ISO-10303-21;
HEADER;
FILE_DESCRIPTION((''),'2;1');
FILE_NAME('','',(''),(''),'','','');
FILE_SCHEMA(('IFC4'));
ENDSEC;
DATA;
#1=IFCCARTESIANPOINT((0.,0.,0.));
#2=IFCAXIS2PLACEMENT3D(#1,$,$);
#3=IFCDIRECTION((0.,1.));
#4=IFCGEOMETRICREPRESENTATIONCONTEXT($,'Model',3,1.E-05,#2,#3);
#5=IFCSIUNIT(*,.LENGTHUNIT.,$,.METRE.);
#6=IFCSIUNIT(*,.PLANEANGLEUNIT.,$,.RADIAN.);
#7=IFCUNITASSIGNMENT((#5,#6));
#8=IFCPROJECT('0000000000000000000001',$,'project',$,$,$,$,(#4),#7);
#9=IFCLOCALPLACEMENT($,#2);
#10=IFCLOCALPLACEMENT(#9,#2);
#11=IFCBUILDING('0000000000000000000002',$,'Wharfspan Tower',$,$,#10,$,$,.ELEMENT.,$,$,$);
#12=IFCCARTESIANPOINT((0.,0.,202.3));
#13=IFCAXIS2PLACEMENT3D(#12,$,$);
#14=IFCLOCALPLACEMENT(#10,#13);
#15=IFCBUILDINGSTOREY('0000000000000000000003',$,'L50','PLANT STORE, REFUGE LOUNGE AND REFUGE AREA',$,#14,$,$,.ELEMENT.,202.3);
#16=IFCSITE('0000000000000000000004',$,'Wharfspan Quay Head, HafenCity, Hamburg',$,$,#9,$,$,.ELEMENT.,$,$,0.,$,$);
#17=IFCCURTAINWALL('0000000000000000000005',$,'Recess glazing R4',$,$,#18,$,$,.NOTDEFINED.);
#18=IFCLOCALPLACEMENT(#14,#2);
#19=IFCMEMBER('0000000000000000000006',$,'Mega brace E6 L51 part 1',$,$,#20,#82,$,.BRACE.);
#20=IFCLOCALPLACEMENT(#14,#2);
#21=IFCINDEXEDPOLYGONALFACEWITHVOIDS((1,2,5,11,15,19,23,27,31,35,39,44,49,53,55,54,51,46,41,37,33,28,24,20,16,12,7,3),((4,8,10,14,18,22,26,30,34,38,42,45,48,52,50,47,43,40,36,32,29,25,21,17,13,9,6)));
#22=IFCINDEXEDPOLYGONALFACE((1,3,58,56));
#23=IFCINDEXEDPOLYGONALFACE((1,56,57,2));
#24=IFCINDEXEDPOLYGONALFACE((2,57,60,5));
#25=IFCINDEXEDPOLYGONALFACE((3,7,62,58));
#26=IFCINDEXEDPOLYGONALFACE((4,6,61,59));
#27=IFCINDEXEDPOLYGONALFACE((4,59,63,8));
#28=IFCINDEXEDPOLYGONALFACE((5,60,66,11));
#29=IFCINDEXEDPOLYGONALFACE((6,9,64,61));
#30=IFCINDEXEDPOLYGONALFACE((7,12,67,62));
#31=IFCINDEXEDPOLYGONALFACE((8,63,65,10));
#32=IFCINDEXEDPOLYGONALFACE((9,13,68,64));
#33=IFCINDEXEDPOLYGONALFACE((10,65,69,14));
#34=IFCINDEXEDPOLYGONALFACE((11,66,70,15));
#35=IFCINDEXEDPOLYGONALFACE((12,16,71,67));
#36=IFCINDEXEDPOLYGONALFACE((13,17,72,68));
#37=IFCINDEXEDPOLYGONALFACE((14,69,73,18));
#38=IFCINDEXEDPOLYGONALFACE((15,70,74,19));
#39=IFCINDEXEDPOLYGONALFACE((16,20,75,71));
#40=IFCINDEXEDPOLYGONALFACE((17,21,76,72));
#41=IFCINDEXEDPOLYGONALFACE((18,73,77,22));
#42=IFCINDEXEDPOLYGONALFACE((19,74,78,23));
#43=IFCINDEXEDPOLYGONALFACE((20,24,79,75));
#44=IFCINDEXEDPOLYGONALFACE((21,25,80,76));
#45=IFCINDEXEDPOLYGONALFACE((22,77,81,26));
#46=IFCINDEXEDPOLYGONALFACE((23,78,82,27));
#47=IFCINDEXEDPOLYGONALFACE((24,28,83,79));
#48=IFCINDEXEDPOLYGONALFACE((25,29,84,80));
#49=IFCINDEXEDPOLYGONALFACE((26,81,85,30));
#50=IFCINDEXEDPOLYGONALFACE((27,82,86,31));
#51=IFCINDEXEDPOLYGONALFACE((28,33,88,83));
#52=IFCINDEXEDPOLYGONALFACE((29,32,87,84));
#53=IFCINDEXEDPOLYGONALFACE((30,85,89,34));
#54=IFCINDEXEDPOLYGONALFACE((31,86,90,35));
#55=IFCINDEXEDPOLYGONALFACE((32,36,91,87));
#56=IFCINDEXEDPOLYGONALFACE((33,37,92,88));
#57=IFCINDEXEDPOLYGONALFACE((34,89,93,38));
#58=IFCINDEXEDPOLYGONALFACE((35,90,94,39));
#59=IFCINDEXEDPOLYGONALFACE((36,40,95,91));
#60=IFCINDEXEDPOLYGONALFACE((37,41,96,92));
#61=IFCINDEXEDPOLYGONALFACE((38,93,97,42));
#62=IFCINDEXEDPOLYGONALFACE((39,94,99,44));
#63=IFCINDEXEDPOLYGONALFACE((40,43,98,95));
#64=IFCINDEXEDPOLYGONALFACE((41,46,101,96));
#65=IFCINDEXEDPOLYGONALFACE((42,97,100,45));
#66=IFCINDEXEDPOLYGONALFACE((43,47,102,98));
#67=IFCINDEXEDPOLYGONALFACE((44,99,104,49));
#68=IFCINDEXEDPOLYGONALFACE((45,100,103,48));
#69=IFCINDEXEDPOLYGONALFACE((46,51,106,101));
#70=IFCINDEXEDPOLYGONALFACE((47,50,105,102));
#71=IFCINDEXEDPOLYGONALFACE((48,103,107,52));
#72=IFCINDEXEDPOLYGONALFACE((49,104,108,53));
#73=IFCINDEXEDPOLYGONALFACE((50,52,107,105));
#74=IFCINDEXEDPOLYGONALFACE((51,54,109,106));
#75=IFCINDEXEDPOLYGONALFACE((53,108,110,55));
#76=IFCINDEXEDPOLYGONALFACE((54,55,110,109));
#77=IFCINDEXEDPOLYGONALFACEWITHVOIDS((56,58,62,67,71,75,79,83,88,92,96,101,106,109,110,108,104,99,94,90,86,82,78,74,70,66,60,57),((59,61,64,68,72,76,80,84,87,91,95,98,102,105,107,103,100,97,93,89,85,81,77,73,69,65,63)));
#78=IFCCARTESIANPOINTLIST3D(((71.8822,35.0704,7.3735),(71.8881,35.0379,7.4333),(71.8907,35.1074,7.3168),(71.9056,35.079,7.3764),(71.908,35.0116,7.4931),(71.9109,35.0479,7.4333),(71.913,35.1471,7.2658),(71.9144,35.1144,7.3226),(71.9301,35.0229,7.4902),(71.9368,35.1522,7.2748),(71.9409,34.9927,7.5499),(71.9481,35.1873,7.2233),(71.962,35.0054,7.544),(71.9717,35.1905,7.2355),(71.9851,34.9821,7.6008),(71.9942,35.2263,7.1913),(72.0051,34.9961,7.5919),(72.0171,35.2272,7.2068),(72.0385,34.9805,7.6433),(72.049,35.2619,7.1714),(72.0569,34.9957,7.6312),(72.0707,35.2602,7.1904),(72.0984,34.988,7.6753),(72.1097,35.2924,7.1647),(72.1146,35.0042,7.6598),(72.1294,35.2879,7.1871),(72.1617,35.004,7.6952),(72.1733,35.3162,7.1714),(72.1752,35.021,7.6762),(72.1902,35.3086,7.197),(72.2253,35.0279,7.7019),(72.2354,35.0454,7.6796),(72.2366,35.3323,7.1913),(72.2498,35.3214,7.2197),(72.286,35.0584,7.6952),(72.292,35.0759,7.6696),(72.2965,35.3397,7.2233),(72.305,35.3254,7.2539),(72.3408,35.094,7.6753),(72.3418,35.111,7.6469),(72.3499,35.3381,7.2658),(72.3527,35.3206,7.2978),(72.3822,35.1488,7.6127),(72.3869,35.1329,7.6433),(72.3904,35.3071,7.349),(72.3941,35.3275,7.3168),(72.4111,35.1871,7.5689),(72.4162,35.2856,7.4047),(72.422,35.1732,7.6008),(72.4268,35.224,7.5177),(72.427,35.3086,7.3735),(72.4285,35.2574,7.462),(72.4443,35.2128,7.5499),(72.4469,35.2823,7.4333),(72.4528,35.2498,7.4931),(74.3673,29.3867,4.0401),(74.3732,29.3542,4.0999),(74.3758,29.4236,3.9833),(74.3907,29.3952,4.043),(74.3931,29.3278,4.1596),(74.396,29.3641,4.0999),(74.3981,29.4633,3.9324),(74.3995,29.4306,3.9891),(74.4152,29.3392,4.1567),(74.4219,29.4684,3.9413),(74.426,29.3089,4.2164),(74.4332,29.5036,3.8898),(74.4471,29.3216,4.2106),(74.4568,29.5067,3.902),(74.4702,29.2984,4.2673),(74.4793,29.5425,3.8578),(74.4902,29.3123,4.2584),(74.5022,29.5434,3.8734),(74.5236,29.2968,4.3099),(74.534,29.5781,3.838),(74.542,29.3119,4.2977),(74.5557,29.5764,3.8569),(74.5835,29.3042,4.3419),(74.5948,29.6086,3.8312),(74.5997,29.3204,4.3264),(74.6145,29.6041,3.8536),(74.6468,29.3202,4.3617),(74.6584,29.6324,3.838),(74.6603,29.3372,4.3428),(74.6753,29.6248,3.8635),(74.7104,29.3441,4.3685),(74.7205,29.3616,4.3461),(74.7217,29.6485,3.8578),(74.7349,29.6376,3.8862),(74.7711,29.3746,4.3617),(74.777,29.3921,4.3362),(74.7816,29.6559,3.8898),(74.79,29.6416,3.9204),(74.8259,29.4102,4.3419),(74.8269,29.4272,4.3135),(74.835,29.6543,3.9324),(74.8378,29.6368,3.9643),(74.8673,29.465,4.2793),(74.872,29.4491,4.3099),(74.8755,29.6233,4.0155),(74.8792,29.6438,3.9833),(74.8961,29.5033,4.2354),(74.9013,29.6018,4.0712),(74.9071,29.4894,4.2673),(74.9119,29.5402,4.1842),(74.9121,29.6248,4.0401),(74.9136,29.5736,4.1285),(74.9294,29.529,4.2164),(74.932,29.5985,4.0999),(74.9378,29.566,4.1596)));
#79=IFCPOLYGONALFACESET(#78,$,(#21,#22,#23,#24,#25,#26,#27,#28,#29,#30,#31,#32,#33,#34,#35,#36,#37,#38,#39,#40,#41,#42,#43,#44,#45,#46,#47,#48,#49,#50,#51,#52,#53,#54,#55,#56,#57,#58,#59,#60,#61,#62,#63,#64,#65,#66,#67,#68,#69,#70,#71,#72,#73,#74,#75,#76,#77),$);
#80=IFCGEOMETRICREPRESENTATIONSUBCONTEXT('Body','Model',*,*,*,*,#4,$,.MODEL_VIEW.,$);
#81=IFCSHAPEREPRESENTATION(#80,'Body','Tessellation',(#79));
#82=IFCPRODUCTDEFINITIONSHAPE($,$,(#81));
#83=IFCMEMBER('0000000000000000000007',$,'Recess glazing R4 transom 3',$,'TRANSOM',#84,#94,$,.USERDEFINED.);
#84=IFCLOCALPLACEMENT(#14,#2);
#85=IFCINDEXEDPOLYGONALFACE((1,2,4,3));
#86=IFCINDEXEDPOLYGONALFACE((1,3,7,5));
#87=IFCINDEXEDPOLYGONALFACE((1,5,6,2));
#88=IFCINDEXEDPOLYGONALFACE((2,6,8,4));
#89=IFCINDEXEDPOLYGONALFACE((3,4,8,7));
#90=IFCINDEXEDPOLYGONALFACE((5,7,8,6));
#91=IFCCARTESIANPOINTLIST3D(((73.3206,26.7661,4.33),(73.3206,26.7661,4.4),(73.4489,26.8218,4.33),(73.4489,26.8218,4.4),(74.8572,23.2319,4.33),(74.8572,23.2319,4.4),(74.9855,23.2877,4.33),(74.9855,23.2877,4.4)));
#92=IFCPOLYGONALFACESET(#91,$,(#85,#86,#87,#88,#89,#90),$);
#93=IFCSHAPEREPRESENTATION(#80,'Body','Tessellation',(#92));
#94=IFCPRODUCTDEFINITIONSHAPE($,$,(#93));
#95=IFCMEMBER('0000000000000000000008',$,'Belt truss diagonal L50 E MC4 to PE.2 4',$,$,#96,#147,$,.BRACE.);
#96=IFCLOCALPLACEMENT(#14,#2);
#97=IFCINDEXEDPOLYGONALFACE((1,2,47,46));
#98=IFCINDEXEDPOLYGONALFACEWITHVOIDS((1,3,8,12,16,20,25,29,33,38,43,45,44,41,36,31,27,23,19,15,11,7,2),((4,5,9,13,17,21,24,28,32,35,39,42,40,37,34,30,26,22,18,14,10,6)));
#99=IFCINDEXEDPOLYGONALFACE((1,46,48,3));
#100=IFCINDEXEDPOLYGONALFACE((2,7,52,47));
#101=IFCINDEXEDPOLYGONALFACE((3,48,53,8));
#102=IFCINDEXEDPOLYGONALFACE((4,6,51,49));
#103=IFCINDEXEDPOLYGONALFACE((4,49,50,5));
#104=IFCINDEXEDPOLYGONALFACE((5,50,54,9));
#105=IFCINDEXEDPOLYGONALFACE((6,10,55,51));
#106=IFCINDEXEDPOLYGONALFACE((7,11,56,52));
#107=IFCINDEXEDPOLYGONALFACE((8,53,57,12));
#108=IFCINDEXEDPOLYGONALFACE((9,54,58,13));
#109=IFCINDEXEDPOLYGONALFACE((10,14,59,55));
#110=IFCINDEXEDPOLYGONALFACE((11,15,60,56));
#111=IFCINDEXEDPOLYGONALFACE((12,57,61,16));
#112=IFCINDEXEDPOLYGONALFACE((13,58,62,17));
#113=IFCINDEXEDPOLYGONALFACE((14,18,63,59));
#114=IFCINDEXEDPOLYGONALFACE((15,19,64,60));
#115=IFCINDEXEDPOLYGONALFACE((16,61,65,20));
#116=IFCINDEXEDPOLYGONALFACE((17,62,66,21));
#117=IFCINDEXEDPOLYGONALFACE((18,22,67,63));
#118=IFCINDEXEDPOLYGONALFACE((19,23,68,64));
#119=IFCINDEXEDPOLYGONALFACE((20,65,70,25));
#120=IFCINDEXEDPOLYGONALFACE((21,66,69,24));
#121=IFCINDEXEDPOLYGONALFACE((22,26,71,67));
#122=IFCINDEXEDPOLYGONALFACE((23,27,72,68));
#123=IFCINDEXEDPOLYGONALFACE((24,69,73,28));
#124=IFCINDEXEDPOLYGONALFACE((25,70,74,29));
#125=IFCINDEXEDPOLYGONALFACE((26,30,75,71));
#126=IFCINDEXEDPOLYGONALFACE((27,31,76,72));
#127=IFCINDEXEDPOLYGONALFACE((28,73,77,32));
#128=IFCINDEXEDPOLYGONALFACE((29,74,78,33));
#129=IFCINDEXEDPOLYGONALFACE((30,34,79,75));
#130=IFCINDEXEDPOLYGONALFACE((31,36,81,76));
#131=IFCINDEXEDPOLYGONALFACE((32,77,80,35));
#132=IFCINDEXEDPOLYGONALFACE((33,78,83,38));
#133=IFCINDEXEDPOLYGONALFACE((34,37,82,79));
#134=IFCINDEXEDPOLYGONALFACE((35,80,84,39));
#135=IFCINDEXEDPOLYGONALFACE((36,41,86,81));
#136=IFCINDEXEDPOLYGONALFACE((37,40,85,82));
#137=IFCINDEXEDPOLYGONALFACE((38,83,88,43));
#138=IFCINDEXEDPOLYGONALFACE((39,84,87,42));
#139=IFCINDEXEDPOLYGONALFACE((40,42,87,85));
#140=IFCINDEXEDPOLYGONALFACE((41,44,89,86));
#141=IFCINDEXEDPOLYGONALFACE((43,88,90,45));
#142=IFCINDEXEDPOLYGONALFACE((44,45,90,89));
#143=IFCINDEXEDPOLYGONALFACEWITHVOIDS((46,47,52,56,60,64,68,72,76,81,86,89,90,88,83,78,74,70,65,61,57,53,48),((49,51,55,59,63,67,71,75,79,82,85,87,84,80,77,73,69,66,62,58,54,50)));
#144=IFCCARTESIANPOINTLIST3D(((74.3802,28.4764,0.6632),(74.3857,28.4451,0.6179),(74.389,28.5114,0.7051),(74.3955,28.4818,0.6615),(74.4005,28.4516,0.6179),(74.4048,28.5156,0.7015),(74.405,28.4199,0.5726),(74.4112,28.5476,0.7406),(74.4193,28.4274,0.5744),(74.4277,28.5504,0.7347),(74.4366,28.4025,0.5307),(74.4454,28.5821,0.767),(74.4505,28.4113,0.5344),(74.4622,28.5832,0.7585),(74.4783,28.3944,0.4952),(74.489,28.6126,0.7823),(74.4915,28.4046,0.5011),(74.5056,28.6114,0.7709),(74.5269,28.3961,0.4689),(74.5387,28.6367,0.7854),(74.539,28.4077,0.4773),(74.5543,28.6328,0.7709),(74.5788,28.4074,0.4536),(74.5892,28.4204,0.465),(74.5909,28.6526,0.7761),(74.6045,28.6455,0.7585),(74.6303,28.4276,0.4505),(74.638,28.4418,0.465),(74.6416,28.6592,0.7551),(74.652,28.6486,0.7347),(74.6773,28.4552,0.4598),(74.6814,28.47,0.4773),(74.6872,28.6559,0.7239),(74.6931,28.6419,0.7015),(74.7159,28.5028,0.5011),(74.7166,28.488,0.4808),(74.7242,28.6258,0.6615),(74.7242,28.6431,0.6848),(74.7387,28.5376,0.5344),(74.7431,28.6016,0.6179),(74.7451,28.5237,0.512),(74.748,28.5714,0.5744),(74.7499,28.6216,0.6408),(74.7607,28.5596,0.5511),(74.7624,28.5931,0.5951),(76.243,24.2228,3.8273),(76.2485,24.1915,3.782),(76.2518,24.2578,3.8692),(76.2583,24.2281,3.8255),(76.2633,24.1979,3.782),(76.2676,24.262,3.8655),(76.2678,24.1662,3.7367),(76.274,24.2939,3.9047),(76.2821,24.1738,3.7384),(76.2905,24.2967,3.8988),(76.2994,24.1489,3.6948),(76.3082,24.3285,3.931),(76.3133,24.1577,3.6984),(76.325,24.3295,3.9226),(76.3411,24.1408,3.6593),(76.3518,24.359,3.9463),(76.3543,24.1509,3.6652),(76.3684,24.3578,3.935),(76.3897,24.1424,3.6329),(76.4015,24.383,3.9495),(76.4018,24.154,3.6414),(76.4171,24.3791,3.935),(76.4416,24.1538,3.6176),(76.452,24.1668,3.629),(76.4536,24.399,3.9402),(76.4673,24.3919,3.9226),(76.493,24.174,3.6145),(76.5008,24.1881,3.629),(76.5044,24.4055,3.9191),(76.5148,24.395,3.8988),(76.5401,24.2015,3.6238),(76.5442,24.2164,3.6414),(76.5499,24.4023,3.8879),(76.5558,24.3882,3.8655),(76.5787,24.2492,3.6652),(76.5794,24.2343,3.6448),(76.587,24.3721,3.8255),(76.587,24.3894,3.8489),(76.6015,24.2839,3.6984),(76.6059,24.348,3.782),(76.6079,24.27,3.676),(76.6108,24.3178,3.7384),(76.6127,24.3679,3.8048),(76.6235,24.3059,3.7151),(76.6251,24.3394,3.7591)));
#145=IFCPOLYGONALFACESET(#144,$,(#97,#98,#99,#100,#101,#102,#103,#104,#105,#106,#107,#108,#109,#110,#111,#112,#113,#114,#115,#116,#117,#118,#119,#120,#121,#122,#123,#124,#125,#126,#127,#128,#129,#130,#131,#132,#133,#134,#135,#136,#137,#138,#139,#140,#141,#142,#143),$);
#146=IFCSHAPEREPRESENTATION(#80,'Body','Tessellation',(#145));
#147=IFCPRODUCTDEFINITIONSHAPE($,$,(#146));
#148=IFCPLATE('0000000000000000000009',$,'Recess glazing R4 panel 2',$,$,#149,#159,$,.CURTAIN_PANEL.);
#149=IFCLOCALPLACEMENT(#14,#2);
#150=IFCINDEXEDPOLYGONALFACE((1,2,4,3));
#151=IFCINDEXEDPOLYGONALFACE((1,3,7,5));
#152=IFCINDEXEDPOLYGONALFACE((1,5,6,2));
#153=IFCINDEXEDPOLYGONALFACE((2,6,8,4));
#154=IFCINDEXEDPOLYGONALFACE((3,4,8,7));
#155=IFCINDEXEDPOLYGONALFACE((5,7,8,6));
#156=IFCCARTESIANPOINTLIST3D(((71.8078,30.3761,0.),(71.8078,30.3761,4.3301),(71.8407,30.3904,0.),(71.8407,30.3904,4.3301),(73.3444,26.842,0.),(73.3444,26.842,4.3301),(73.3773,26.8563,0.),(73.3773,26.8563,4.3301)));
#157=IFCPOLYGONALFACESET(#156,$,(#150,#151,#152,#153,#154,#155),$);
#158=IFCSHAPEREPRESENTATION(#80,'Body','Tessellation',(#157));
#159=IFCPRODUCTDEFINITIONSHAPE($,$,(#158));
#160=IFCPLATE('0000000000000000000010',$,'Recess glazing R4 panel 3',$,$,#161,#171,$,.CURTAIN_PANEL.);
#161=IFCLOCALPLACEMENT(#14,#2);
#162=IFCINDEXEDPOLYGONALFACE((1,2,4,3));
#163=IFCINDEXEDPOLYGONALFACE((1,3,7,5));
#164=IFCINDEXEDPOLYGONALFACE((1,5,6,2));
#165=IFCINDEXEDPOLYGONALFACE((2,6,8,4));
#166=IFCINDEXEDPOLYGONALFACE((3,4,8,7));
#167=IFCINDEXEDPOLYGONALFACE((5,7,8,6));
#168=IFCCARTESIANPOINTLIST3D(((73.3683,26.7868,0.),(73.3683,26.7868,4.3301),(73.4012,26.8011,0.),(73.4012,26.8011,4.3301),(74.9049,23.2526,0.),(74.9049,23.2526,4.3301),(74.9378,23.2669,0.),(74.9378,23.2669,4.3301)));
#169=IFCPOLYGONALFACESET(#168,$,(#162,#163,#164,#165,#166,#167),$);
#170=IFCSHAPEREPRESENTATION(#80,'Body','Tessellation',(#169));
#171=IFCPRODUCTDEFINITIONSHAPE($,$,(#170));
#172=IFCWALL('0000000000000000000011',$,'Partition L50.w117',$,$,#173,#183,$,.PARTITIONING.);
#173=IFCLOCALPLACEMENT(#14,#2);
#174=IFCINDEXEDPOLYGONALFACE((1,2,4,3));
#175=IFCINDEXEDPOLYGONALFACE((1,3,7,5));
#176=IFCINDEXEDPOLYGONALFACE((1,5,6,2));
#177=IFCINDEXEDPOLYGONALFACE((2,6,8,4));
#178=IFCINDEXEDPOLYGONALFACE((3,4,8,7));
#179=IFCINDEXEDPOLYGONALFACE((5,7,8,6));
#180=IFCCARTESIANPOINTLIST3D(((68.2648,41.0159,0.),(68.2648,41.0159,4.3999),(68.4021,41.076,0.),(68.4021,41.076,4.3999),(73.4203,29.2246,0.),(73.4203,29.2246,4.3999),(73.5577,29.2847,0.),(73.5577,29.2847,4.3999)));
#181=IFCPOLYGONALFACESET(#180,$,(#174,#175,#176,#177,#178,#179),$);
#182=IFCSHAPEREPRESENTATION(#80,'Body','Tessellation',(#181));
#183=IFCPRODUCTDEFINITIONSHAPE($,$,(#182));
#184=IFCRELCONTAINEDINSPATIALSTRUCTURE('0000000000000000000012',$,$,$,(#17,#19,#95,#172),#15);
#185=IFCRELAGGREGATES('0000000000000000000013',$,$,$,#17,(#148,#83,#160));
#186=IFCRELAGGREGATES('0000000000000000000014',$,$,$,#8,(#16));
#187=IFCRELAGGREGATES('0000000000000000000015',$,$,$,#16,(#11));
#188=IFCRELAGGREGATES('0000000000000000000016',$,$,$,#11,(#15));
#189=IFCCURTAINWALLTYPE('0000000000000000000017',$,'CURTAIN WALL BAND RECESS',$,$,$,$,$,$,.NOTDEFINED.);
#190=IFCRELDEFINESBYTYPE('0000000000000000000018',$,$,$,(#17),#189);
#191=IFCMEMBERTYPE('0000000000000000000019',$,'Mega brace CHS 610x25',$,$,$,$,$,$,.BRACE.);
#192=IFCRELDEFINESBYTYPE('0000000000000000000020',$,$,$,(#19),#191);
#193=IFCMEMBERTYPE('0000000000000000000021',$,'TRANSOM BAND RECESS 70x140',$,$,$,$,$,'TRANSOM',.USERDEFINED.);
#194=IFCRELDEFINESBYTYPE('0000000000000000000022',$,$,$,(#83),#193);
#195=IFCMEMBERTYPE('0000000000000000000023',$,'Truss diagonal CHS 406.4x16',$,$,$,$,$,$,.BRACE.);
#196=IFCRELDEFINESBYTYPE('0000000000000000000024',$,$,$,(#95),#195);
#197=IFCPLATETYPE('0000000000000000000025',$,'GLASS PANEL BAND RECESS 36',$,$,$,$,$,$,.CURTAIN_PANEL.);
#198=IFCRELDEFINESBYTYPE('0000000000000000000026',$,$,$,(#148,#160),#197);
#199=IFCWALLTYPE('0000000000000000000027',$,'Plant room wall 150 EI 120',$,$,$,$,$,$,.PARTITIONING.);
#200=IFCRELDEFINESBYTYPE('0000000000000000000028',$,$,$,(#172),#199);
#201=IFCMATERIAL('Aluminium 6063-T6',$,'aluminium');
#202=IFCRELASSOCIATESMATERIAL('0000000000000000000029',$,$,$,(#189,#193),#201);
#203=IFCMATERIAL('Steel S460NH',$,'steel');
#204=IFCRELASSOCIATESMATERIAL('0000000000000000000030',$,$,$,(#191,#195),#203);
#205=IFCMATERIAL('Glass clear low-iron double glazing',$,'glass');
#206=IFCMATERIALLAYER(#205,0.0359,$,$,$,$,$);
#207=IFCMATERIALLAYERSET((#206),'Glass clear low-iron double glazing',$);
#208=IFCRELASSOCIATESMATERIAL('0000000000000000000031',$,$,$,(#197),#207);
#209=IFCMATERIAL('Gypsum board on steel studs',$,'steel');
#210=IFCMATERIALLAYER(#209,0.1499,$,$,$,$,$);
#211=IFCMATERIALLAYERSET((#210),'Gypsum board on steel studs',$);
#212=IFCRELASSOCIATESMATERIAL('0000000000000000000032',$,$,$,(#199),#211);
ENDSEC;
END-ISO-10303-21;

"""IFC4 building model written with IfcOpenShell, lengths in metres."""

from ifc_helpers import new_model, si_unit, direction, frame, frame_2d, origin, origin_2d, place, context, subcontext, project, spatial, rectangle, hollow_circle, extrude, material, layer, layer_set, material_profile, profile_set, type_object, element, aggregate, save


model = new_model("IFC4")

# Units and contexts
model_context = context("Model", 3, precision=1e-05, world=origin(), true_north=direction((0.0, 1.0)))
body_context = subcontext(model_context, "Body", "Model", "MODEL_VIEW")
ifc_project = project(units=[si_unit("LENGTHUNIT", "METRE"), si_unit("PLANEANGLEUNIT", "RADIAN")], contexts=[model_context])

# Site, building, storey
site_placement = place(None, origin())
site = spatial("IfcSite", under=ifc_project, at=site_placement, Name="Wharfspan Quay Head, HafenCity, Hamburg", CompositionType="ELEMENT", RefElevation=0.0)
building_placement = place(site_placement, origin())
building = spatial("IfcBuilding", under=site, at=building_placement, Name="Wharfspan Tower", CompositionType="ELEMENT")
storey_placement = place(building_placement, frame((0.0, 0.0, 202.3)))
storey = spatial("IfcBuildingStorey", under=building, at=storey_placement, Name="L50", Description="PLANT STORE, REFUGE LOUNGE AND REFUGE AREA", CompositionType="ELEMENT", Elevation=202.3)

# Curtain wall
ifc_material_1 = material(Name="Aluminium 6063-T6", Category="aluminium")
curtain_wall_type = type_object("IfcCurtainWallType", Name="CURTAIN WALL BAND RECESS", PredefinedType="NOTDEFINED", material=ifc_material_1)
curtain_wall_placement = place(storey_placement, origin())
curtain_wall = element("IfcCurtainWall", 1, at=curtain_wall_placement, inside=storey, type_object=curtain_wall_type, Name="Recess glazing R4", PredefinedType="NOTDEFINED")

# Member
ifc_material_2 = material(Name="Steel S460NH", Category="steel")
ifc_material_profile_1 = material_profile(ifc_material_2, hollow_circle(Radius=0.3049, WallThickness=0.0249, at=origin_2d()))
ifc_profile_set_1 = profile_set([ifc_material_profile_1], Name="Steel S460NH")
member_type_1 = type_object("IfcMemberType", Name="Mega brace CHS 610x25", PredefinedType="BRACE", material=ifc_profile_set_1)
member_1_placement = place(storey_placement, frame((74.6526, 29.4763, 4.0999), z_axis=(-0.352883, 0.8071, 0.473353), x_axis=(-0.916253, -0.400609, 0.000003)))
element("IfcMember", 2, at=member_1_placement, inside=storey, type_object=member_type_1, Name="Mega brace E6 L51 part 1", PredefinedType="BRACE", context=body_context, shape_type="SweptSolid", body=[
    extrude(hollow_circle(Radius=0.3049, WallThickness=0.0249, at=origin_2d()), origin(), (0.0, 0.0, 1.0), 7.0422),
])

# Members
ifc_material_profile_2 = material_profile(ifc_material_1, rectangle(XDim=0.1399, YDim=0.0701, at=origin_2d()))
ifc_profile_set_2 = profile_set([ifc_material_profile_2], Name="Aluminium 6063-T6")
member_type_2 = type_object("IfcMemberType", Name="TRANSOM BAND RECESS 70x140", ElementType="TRANSOM", PredefinedType="USERDEFINED", material=ifc_profile_set_2)
member_2_placement = place(storey_placement, frame((73.3848, 26.7939, 4.365), z_axis=(0.398731, -0.917068, 0.0), x_axis=(0.917068, 0.398731, 0.0)))
member_2 = element("IfcMember", 3, at=member_2_placement, type_object=member_type_2, Name="Recess glazing R4 transom 3", ObjectType="TRANSOM", PredefinedType="USERDEFINED", context=body_context, shape_type="SweptSolid", body=[
    extrude(rectangle(XDim=0.1399, YDim=0.0701, at=origin_2d()), origin(), (0.0, 0.0, 1.0), 3.8538),
])
ifc_material_profile_3 = material_profile(ifc_material_2, hollow_circle(Radius=0.2031, WallThickness=0.0161, at=origin_2d()))
ifc_profile_set_3 = profile_set([ifc_material_profile_3], Name="Steel S460NH")
member_type_3 = type_object("IfcMemberType", Name="Truss diagonal CHS 406.4x16", PredefinedType="BRACE", material=ifc_profile_set_3)
member_3_placement = place(storey_placement, frame((76.4346, 24.2729, 3.782), z_axis=(-0.331508, 0.756993, -0.563085), x_axis=(-0.916017, -0.401146, 0.000004)))
element("IfcMember", 4, at=member_3_placement, inside=storey, type_object=member_type_3, Name="Belt truss diagonal L50 E MC4 to PE.2 4", PredefinedType="BRACE", context=body_context, shape_type="SweptSolid", body=[
    extrude(hollow_circle(Radius=0.2031, WallThickness=0.0161, at=origin_2d()), origin(), (0.0, 0.0, 1.0), 5.6191),
])

# Plates
ifc_material_3 = material(Name="Glass clear low-iron double glazing", Category="glass")
ifc_layer_1 = layer(ifc_material_3, 0.0359)
ifc_layer_set_1 = layer_set([ifc_layer_1], Name="Glass clear low-iron double glazing")
plate_type = type_object("IfcPlateType", Name="GLASS PANEL BAND RECESS 36", PredefinedType="CURTAIN_PANEL", material=ifc_layer_set_1)
plate_1_placement = place(storey_placement, frame((72.5925, 28.6162, 0.0), z_axis=(0.0, 0.0, 1.0), x_axis=(0.398727, -0.917072, 0.0)))
plate_1 = element("IfcPlate", 5, at=plate_1_placement, type_object=plate_type, Name="Recess glazing R4 panel 2", PredefinedType="CURTAIN_PANEL", context=body_context, shape_type="SweptSolid", body=[
    extrude(rectangle(XDim=3.8538, YDim=0.0359, at=origin_2d()), origin(), (0.0, 0.0, 1.0), 4.3301),
])
plate_2_placement = place(storey_placement, frame((74.1531, 25.0269, 0.0), z_axis=(0.0, 0.0, 1.0), x_axis=(0.398727, -0.917072, 0.0)))
plate_2 = element("IfcPlate", 6, at=plate_2_placement, type_object=plate_type, Name="Recess glazing R4 panel 3", PredefinedType="CURTAIN_PANEL", context=body_context, shape_type="SweptSolid", body=[
    extrude(rectangle(XDim=3.8538, YDim=0.0359, at=origin_2d()), origin(), (0.0, 0.0, 1.0), 4.3301),
])
aggregate(curtain_wall, [plate_1, member_2, plate_2])

# Wall
ifc_material_4 = material(Name="Gypsum board on steel studs", Category="steel")
ifc_layer_2 = layer(ifc_material_4, 0.1499)
ifc_layer_set_2 = layer_set([ifc_layer_2], Name="Gypsum board on steel studs")
wall_type = type_object("IfcWallType", Name="Plant room wall 150 EI 120", PredefinedType="PARTITIONING", material=ifc_layer_set_2)
wall_1_placement = place(storey_placement, frame((73.489, 29.2546, 0.0), z_axis=(0.0, 0.0, 1.0), x_axis=(-0.400613, 0.916248, 0.0)))
element("IfcWall", 7, at=wall_1_placement, inside=storey, type_object=wall_type, Name="Partition L50.w117", PredefinedType="PARTITIONING", context=body_context, shape_type="SweptSolid", body=[
    extrude(rectangle(XDim=12.8691, YDim=0.1499, at=frame_2d((6.4346, 0.0))), origin(), (0.0, 0.0, 1.0), 4.3999),
])

save(model, "model.ifc")
